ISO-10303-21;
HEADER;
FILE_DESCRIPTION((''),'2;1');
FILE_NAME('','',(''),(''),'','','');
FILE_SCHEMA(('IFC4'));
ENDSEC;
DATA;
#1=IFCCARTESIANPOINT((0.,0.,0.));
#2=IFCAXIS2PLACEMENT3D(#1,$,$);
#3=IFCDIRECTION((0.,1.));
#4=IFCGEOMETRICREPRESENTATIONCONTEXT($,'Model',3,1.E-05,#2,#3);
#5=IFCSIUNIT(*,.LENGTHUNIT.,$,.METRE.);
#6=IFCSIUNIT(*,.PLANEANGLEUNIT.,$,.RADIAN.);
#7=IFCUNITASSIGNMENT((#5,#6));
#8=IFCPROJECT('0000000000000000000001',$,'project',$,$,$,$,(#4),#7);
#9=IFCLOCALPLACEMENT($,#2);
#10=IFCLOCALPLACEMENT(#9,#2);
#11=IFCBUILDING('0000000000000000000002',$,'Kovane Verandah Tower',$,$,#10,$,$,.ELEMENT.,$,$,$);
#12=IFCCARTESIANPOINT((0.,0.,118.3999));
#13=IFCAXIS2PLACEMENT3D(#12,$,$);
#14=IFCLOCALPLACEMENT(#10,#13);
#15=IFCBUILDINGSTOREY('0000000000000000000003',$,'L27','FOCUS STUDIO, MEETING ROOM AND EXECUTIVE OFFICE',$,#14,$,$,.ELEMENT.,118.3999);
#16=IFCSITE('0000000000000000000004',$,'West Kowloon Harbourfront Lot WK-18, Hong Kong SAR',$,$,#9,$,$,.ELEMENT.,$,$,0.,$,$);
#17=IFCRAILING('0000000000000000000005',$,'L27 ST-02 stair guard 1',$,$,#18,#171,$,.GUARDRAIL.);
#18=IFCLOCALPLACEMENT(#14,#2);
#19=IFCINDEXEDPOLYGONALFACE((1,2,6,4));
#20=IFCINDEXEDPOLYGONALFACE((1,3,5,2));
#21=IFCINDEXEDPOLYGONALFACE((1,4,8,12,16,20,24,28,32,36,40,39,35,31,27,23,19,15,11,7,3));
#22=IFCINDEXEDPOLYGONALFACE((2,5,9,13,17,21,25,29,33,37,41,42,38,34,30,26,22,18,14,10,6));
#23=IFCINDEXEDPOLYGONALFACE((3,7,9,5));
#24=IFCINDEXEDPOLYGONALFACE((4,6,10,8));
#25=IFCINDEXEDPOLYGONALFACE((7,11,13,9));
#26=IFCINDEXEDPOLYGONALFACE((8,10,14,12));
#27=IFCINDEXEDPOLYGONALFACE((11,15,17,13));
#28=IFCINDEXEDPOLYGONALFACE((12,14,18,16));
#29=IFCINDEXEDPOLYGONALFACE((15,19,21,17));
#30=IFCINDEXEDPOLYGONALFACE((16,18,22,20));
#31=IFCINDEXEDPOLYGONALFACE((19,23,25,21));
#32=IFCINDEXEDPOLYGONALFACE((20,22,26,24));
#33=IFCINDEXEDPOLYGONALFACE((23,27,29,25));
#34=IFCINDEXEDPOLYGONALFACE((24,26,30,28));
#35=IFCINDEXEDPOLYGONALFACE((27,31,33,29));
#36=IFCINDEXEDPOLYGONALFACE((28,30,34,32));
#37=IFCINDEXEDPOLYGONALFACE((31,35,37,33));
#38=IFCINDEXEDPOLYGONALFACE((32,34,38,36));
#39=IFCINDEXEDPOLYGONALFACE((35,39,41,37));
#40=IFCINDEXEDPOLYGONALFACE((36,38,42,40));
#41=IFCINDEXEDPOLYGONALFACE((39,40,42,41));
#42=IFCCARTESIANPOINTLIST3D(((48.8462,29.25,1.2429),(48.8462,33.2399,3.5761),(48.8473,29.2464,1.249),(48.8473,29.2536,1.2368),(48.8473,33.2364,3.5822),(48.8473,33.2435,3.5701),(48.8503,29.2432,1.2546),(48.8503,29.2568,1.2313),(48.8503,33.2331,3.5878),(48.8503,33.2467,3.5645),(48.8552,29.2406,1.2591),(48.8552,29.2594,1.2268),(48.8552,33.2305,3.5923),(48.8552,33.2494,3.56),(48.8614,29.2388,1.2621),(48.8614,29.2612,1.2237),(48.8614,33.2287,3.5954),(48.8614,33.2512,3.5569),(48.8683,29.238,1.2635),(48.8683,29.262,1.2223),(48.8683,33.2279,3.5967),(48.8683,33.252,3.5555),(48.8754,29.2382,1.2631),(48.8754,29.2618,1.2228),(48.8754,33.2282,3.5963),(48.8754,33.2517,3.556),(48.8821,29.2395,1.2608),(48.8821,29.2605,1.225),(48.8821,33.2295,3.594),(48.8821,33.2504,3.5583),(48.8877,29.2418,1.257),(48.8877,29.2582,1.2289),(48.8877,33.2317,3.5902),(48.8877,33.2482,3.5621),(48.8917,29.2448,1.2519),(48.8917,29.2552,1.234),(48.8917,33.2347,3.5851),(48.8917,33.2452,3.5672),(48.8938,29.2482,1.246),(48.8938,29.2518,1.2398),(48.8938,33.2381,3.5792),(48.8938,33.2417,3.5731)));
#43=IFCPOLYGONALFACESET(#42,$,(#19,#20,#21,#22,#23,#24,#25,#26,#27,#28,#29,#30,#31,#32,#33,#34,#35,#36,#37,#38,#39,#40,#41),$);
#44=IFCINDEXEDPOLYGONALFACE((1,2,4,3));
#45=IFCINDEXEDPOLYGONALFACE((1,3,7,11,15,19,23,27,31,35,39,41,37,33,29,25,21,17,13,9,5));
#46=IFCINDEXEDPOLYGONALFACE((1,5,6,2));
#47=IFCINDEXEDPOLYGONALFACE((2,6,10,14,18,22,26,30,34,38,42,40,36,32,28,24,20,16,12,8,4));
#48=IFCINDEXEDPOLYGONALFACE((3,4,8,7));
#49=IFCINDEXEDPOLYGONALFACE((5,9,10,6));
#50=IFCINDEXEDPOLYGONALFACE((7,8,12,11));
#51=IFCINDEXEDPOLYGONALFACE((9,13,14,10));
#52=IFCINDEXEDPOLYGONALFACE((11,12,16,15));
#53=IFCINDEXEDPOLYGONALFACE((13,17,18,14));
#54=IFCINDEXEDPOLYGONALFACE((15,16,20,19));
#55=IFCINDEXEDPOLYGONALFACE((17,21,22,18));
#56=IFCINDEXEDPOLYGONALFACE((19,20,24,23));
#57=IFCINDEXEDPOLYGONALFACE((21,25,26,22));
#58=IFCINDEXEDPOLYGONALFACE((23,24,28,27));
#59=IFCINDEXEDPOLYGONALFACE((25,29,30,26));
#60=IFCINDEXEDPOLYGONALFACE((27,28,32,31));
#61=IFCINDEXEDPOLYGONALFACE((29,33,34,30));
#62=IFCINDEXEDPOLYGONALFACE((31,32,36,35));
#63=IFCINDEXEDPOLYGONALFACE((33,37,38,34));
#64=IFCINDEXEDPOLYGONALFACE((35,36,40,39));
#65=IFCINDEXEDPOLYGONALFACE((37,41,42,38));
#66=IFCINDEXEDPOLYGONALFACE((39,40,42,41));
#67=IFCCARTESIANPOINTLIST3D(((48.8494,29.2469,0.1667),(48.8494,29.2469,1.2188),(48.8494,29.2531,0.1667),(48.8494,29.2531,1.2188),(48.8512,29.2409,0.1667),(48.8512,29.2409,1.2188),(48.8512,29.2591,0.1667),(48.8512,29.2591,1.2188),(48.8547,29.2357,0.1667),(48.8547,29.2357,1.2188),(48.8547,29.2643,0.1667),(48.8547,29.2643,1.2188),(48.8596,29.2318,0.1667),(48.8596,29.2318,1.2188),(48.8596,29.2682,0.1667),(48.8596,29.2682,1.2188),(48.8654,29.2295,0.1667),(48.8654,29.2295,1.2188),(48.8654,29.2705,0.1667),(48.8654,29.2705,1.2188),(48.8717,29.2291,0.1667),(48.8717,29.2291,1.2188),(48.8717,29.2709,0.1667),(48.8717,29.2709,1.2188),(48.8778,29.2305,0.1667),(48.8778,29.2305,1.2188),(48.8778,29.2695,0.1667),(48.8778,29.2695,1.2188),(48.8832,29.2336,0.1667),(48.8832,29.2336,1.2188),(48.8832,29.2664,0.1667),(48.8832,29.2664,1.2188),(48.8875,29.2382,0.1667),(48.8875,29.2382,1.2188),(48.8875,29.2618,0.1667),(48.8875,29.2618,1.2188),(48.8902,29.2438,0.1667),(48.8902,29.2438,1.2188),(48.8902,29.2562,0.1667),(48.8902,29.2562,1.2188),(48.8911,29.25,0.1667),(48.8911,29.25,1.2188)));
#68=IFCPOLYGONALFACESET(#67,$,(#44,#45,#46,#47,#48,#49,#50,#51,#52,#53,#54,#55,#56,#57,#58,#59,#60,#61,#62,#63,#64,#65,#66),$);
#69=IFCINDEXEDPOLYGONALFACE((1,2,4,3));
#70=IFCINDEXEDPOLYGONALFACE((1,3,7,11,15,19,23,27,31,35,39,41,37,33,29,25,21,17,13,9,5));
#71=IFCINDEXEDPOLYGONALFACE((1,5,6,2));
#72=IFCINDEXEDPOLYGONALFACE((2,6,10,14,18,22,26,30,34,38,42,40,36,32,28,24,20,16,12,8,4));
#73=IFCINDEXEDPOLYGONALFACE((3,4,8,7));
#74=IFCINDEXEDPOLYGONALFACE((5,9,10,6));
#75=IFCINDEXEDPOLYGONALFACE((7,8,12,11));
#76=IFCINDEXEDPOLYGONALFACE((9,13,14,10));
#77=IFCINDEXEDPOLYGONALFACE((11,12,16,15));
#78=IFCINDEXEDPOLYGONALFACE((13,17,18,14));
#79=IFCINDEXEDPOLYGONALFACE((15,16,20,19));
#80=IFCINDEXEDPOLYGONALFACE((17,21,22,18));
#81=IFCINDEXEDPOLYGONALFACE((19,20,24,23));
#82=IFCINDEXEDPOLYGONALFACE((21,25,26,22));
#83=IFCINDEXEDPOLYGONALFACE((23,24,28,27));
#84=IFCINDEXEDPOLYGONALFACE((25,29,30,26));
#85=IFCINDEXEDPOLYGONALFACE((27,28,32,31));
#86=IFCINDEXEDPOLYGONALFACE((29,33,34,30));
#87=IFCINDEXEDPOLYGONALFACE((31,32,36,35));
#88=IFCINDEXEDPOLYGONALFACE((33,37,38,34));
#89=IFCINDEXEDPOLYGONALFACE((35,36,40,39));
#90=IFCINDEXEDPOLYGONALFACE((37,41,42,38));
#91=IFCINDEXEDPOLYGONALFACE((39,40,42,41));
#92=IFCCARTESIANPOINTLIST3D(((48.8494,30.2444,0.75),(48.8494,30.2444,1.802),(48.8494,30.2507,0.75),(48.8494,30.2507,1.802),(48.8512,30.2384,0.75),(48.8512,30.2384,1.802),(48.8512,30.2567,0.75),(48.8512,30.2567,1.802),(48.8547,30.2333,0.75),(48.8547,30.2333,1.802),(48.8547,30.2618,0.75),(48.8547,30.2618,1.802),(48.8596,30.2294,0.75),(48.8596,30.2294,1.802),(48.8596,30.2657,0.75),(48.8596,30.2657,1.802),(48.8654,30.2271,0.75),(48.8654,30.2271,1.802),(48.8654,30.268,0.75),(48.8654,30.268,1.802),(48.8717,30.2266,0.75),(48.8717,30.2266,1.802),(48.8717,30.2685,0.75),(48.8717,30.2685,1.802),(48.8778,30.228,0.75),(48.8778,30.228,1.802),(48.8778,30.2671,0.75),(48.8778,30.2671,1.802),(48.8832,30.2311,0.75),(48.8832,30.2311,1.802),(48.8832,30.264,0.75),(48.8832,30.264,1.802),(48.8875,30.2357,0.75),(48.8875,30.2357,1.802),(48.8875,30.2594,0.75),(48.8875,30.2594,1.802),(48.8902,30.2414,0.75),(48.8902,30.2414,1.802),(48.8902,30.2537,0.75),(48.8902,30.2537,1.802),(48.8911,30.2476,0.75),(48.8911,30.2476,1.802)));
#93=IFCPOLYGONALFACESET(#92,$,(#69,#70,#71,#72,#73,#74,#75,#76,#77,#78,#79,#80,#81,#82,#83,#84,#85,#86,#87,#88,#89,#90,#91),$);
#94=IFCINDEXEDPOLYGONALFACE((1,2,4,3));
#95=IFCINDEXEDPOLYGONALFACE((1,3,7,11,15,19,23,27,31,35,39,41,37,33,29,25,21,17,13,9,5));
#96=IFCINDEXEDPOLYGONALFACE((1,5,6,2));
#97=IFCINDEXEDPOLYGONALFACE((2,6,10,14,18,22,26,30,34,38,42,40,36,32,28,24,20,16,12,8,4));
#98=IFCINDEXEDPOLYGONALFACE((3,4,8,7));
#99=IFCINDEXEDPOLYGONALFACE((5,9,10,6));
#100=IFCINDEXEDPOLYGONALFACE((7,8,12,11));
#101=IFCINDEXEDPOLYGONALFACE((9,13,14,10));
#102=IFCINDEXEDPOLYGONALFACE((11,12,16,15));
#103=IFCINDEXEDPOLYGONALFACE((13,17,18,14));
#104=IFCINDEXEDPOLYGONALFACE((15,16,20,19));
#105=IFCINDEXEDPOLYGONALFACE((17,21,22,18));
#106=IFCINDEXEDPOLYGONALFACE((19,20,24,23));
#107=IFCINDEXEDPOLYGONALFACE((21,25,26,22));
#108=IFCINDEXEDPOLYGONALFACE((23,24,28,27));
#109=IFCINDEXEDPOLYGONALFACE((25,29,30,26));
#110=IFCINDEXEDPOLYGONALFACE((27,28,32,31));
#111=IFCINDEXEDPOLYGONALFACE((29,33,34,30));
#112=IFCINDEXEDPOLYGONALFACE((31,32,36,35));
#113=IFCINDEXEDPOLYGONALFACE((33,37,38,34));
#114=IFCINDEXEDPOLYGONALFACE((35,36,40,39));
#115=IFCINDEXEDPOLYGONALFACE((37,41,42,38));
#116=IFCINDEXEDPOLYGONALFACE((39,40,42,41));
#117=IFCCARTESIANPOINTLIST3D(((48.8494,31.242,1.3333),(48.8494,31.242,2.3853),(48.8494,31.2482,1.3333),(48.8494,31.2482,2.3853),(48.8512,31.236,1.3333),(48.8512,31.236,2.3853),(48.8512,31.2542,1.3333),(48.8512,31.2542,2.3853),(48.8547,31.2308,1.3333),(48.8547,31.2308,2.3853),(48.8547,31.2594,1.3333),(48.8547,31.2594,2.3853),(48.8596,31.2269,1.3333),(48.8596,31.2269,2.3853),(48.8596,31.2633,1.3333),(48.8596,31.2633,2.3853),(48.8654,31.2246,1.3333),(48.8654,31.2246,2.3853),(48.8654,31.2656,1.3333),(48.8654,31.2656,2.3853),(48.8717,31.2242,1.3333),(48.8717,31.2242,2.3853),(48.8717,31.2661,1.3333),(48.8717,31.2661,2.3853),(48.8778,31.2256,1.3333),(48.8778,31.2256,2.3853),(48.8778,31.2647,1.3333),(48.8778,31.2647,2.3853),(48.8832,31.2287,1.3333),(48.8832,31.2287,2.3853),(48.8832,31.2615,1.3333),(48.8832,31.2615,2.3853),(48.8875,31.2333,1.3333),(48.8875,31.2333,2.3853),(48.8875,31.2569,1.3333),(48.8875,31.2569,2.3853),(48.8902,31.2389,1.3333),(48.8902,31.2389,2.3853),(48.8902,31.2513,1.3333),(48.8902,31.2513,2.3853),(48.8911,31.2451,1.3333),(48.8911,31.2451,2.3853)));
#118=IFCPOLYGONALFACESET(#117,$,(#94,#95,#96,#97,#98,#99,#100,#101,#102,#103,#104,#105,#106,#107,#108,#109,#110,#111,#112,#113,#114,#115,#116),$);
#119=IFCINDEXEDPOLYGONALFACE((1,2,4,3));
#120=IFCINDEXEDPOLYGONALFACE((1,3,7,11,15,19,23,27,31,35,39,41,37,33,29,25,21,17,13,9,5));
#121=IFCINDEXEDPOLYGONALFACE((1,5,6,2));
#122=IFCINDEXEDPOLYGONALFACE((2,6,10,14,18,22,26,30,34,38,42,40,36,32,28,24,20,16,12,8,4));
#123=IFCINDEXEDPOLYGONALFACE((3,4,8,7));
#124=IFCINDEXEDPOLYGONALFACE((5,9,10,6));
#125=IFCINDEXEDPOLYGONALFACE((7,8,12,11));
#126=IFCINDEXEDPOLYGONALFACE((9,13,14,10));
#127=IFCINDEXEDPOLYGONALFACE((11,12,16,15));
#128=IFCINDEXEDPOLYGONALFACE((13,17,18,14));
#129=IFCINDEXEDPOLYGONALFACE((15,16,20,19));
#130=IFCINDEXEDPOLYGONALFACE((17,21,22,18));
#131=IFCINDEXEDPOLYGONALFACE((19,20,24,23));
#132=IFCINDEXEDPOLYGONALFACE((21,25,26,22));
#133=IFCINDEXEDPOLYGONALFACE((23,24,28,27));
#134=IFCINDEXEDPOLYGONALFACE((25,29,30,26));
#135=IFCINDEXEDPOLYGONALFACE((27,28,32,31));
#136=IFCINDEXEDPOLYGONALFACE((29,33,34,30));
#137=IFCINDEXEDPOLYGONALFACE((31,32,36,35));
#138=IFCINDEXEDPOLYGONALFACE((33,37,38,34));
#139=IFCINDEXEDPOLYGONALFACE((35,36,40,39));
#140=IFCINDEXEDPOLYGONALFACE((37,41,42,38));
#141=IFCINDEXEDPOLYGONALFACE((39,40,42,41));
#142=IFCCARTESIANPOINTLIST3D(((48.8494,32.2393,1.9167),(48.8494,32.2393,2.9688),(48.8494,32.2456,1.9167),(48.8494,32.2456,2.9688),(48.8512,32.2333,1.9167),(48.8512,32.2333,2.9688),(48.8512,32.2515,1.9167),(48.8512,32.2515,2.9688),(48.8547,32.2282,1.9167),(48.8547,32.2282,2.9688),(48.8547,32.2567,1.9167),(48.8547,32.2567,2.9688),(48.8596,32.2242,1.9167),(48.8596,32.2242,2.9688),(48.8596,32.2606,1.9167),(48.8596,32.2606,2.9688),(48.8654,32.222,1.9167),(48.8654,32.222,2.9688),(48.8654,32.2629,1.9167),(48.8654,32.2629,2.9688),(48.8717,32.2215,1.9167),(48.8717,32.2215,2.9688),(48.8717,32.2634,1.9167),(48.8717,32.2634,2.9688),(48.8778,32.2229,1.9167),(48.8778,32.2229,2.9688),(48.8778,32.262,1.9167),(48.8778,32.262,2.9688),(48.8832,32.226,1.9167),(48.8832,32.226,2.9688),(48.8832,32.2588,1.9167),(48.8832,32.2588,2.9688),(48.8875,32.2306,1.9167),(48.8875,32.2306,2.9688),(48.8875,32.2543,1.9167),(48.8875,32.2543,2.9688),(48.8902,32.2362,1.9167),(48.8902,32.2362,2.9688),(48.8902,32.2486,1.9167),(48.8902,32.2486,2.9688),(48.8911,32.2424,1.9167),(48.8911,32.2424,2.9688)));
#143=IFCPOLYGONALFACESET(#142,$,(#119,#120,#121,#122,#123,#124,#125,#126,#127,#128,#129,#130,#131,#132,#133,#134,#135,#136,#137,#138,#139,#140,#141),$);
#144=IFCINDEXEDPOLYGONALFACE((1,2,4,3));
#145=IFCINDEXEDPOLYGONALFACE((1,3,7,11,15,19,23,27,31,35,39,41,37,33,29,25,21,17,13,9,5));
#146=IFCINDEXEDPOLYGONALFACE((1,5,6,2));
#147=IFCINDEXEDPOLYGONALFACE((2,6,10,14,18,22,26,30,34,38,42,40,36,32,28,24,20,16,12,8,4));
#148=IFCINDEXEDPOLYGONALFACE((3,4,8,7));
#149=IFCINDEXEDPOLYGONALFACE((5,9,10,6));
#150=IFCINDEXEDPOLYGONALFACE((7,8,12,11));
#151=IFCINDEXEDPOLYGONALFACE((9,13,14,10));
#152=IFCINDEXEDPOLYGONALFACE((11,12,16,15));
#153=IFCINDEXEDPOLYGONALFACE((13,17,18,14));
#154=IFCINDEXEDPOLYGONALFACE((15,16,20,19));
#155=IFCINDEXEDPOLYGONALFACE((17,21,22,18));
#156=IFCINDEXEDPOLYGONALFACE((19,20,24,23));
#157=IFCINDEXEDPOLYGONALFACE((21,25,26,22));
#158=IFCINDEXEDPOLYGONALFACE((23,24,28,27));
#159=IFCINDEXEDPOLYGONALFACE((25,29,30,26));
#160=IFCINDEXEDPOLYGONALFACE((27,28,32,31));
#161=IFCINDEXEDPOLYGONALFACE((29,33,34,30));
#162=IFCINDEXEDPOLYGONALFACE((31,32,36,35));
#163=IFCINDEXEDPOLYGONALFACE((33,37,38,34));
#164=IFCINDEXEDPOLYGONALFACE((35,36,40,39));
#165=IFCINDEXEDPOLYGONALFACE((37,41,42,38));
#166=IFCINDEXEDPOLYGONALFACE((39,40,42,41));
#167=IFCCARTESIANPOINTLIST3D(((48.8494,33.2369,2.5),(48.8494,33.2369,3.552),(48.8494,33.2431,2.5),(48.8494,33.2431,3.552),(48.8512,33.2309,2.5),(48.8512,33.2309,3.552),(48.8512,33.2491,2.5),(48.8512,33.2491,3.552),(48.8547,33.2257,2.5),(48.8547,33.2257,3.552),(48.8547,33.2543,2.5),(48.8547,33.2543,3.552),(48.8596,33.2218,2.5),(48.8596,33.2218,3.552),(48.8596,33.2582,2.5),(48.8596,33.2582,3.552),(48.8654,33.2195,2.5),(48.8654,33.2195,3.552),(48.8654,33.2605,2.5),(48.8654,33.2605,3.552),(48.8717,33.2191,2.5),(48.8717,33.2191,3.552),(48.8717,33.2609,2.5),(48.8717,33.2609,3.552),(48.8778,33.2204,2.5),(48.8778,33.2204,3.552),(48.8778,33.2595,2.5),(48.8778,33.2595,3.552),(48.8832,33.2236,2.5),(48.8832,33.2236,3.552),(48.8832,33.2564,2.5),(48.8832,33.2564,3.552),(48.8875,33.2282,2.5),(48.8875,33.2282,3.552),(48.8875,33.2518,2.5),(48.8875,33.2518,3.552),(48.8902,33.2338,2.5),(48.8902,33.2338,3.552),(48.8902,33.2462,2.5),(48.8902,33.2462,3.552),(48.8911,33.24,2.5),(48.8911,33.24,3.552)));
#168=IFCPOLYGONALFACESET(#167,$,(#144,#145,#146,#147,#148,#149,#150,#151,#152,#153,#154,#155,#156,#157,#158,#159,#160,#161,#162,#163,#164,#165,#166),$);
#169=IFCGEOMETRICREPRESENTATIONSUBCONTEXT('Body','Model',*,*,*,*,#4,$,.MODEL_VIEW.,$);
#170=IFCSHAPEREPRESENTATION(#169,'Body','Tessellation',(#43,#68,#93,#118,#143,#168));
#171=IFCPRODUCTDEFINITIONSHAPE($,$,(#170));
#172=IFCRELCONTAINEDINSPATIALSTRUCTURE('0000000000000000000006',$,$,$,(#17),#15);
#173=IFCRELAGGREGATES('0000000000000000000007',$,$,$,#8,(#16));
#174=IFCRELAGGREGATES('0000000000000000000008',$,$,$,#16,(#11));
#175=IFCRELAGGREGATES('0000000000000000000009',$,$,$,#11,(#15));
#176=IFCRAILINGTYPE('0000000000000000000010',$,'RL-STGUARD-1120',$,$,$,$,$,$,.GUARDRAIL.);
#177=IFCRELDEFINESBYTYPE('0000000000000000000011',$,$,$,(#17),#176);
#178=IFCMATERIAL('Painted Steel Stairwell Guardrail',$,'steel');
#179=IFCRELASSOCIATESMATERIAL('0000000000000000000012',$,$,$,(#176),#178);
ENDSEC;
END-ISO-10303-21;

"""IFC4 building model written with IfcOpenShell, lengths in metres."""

from ifc_helpers import new_model, si_unit, direction, frame, origin, origin_2d, place, context, subcontext, project, spatial, circle, extrude, material, type_object, element, save


model = new_model("IFC4")

# Units and contexts
model_context = context("Model", 3, precision=1e-05, world=origin(), true_north=direction((0.0, 1.0)))
body_context = subcontext(model_context, "Body", "Model", "MODEL_VIEW")
ifc_project = project(units=[si_unit("LENGTHUNIT", "METRE"), si_unit("PLANEANGLEUNIT", "RADIAN")], contexts=[model_context])

# Site, building, storey
site_placement = place(None, origin())
site = spatial("IfcSite", under=ifc_project, at=site_placement, Name="West Kowloon Harbourfront Lot WK-18, Hong Kong SAR", CompositionType="ELEMENT", RefElevation=0.0)
building_placement = place(site_placement, origin())
building = spatial("IfcBuilding", under=site, at=building_placement, Name="Kovane Verandah Tower", CompositionType="ELEMENT")
storey_placement = place(building_placement, frame((0.0, 0.0, 118.3999)))
storey = spatial("IfcBuildingStorey", under=building, at=storey_placement, Name="L27", Description="FOCUS STUDIO, MEETING ROOM AND EXECUTIVE OFFICE", CompositionType="ELEMENT", Elevation=118.3999)

# Railing
ifc_material_1 = material(Name="Painted Steel Stairwell Guardrail", Category="steel")
railing_type_1 = type_object("IfcRailingType", Name="RL-STGUARD-1120", PredefinedType="GUARDRAIL", material=ifc_material_1)
railing_1_placement = place(storey_placement, frame((48.8701, 29.25, 0.1667)))
element("IfcRailing", 1, at=railing_1_placement, inside=storey, type_object=railing_type_1, Name="L27 ST-02 stair guard 1", PredefinedType="GUARDRAIL", context=body_context, shape_type="SweptSolid", body=[
    extrude(circle(Radius=0.0239, at=origin_2d()), frame((0.0, 0.0, 1.0762), z_axis=(0.0, 0.863236, 0.5048), x_axis=(-1.0, 0.0, 0.0)), (0.0, 0.0, 1.0), 4.6221),
    extrude(circle(Radius=0.021, at=origin_2d()), origin(), (0.0, 0.0, 1.0), 1.052),
    extrude(circle(Radius=0.021, at=origin_2d()), frame((0.0, 0.9976, 0.5833)), (0.0, 0.0, 1.0), 1.052),
    extrude(circle(Radius=0.021, at=origin_2d()), frame((0.0, 1.9951, 1.1665)), (0.0, 0.0, 1.0), 1.052),
    extrude(circle(Radius=0.021, at=origin_2d()), frame((0.0, 2.9924, 1.75)), (0.0, 0.0, 1.0), 1.052),
    extrude(circle(Radius=0.021, at=origin_2d()), frame((0.0, 3.99, 2.3333)), (0.0, 0.0, 1.0), 1.052),
])

save(model, "model.ifc")
